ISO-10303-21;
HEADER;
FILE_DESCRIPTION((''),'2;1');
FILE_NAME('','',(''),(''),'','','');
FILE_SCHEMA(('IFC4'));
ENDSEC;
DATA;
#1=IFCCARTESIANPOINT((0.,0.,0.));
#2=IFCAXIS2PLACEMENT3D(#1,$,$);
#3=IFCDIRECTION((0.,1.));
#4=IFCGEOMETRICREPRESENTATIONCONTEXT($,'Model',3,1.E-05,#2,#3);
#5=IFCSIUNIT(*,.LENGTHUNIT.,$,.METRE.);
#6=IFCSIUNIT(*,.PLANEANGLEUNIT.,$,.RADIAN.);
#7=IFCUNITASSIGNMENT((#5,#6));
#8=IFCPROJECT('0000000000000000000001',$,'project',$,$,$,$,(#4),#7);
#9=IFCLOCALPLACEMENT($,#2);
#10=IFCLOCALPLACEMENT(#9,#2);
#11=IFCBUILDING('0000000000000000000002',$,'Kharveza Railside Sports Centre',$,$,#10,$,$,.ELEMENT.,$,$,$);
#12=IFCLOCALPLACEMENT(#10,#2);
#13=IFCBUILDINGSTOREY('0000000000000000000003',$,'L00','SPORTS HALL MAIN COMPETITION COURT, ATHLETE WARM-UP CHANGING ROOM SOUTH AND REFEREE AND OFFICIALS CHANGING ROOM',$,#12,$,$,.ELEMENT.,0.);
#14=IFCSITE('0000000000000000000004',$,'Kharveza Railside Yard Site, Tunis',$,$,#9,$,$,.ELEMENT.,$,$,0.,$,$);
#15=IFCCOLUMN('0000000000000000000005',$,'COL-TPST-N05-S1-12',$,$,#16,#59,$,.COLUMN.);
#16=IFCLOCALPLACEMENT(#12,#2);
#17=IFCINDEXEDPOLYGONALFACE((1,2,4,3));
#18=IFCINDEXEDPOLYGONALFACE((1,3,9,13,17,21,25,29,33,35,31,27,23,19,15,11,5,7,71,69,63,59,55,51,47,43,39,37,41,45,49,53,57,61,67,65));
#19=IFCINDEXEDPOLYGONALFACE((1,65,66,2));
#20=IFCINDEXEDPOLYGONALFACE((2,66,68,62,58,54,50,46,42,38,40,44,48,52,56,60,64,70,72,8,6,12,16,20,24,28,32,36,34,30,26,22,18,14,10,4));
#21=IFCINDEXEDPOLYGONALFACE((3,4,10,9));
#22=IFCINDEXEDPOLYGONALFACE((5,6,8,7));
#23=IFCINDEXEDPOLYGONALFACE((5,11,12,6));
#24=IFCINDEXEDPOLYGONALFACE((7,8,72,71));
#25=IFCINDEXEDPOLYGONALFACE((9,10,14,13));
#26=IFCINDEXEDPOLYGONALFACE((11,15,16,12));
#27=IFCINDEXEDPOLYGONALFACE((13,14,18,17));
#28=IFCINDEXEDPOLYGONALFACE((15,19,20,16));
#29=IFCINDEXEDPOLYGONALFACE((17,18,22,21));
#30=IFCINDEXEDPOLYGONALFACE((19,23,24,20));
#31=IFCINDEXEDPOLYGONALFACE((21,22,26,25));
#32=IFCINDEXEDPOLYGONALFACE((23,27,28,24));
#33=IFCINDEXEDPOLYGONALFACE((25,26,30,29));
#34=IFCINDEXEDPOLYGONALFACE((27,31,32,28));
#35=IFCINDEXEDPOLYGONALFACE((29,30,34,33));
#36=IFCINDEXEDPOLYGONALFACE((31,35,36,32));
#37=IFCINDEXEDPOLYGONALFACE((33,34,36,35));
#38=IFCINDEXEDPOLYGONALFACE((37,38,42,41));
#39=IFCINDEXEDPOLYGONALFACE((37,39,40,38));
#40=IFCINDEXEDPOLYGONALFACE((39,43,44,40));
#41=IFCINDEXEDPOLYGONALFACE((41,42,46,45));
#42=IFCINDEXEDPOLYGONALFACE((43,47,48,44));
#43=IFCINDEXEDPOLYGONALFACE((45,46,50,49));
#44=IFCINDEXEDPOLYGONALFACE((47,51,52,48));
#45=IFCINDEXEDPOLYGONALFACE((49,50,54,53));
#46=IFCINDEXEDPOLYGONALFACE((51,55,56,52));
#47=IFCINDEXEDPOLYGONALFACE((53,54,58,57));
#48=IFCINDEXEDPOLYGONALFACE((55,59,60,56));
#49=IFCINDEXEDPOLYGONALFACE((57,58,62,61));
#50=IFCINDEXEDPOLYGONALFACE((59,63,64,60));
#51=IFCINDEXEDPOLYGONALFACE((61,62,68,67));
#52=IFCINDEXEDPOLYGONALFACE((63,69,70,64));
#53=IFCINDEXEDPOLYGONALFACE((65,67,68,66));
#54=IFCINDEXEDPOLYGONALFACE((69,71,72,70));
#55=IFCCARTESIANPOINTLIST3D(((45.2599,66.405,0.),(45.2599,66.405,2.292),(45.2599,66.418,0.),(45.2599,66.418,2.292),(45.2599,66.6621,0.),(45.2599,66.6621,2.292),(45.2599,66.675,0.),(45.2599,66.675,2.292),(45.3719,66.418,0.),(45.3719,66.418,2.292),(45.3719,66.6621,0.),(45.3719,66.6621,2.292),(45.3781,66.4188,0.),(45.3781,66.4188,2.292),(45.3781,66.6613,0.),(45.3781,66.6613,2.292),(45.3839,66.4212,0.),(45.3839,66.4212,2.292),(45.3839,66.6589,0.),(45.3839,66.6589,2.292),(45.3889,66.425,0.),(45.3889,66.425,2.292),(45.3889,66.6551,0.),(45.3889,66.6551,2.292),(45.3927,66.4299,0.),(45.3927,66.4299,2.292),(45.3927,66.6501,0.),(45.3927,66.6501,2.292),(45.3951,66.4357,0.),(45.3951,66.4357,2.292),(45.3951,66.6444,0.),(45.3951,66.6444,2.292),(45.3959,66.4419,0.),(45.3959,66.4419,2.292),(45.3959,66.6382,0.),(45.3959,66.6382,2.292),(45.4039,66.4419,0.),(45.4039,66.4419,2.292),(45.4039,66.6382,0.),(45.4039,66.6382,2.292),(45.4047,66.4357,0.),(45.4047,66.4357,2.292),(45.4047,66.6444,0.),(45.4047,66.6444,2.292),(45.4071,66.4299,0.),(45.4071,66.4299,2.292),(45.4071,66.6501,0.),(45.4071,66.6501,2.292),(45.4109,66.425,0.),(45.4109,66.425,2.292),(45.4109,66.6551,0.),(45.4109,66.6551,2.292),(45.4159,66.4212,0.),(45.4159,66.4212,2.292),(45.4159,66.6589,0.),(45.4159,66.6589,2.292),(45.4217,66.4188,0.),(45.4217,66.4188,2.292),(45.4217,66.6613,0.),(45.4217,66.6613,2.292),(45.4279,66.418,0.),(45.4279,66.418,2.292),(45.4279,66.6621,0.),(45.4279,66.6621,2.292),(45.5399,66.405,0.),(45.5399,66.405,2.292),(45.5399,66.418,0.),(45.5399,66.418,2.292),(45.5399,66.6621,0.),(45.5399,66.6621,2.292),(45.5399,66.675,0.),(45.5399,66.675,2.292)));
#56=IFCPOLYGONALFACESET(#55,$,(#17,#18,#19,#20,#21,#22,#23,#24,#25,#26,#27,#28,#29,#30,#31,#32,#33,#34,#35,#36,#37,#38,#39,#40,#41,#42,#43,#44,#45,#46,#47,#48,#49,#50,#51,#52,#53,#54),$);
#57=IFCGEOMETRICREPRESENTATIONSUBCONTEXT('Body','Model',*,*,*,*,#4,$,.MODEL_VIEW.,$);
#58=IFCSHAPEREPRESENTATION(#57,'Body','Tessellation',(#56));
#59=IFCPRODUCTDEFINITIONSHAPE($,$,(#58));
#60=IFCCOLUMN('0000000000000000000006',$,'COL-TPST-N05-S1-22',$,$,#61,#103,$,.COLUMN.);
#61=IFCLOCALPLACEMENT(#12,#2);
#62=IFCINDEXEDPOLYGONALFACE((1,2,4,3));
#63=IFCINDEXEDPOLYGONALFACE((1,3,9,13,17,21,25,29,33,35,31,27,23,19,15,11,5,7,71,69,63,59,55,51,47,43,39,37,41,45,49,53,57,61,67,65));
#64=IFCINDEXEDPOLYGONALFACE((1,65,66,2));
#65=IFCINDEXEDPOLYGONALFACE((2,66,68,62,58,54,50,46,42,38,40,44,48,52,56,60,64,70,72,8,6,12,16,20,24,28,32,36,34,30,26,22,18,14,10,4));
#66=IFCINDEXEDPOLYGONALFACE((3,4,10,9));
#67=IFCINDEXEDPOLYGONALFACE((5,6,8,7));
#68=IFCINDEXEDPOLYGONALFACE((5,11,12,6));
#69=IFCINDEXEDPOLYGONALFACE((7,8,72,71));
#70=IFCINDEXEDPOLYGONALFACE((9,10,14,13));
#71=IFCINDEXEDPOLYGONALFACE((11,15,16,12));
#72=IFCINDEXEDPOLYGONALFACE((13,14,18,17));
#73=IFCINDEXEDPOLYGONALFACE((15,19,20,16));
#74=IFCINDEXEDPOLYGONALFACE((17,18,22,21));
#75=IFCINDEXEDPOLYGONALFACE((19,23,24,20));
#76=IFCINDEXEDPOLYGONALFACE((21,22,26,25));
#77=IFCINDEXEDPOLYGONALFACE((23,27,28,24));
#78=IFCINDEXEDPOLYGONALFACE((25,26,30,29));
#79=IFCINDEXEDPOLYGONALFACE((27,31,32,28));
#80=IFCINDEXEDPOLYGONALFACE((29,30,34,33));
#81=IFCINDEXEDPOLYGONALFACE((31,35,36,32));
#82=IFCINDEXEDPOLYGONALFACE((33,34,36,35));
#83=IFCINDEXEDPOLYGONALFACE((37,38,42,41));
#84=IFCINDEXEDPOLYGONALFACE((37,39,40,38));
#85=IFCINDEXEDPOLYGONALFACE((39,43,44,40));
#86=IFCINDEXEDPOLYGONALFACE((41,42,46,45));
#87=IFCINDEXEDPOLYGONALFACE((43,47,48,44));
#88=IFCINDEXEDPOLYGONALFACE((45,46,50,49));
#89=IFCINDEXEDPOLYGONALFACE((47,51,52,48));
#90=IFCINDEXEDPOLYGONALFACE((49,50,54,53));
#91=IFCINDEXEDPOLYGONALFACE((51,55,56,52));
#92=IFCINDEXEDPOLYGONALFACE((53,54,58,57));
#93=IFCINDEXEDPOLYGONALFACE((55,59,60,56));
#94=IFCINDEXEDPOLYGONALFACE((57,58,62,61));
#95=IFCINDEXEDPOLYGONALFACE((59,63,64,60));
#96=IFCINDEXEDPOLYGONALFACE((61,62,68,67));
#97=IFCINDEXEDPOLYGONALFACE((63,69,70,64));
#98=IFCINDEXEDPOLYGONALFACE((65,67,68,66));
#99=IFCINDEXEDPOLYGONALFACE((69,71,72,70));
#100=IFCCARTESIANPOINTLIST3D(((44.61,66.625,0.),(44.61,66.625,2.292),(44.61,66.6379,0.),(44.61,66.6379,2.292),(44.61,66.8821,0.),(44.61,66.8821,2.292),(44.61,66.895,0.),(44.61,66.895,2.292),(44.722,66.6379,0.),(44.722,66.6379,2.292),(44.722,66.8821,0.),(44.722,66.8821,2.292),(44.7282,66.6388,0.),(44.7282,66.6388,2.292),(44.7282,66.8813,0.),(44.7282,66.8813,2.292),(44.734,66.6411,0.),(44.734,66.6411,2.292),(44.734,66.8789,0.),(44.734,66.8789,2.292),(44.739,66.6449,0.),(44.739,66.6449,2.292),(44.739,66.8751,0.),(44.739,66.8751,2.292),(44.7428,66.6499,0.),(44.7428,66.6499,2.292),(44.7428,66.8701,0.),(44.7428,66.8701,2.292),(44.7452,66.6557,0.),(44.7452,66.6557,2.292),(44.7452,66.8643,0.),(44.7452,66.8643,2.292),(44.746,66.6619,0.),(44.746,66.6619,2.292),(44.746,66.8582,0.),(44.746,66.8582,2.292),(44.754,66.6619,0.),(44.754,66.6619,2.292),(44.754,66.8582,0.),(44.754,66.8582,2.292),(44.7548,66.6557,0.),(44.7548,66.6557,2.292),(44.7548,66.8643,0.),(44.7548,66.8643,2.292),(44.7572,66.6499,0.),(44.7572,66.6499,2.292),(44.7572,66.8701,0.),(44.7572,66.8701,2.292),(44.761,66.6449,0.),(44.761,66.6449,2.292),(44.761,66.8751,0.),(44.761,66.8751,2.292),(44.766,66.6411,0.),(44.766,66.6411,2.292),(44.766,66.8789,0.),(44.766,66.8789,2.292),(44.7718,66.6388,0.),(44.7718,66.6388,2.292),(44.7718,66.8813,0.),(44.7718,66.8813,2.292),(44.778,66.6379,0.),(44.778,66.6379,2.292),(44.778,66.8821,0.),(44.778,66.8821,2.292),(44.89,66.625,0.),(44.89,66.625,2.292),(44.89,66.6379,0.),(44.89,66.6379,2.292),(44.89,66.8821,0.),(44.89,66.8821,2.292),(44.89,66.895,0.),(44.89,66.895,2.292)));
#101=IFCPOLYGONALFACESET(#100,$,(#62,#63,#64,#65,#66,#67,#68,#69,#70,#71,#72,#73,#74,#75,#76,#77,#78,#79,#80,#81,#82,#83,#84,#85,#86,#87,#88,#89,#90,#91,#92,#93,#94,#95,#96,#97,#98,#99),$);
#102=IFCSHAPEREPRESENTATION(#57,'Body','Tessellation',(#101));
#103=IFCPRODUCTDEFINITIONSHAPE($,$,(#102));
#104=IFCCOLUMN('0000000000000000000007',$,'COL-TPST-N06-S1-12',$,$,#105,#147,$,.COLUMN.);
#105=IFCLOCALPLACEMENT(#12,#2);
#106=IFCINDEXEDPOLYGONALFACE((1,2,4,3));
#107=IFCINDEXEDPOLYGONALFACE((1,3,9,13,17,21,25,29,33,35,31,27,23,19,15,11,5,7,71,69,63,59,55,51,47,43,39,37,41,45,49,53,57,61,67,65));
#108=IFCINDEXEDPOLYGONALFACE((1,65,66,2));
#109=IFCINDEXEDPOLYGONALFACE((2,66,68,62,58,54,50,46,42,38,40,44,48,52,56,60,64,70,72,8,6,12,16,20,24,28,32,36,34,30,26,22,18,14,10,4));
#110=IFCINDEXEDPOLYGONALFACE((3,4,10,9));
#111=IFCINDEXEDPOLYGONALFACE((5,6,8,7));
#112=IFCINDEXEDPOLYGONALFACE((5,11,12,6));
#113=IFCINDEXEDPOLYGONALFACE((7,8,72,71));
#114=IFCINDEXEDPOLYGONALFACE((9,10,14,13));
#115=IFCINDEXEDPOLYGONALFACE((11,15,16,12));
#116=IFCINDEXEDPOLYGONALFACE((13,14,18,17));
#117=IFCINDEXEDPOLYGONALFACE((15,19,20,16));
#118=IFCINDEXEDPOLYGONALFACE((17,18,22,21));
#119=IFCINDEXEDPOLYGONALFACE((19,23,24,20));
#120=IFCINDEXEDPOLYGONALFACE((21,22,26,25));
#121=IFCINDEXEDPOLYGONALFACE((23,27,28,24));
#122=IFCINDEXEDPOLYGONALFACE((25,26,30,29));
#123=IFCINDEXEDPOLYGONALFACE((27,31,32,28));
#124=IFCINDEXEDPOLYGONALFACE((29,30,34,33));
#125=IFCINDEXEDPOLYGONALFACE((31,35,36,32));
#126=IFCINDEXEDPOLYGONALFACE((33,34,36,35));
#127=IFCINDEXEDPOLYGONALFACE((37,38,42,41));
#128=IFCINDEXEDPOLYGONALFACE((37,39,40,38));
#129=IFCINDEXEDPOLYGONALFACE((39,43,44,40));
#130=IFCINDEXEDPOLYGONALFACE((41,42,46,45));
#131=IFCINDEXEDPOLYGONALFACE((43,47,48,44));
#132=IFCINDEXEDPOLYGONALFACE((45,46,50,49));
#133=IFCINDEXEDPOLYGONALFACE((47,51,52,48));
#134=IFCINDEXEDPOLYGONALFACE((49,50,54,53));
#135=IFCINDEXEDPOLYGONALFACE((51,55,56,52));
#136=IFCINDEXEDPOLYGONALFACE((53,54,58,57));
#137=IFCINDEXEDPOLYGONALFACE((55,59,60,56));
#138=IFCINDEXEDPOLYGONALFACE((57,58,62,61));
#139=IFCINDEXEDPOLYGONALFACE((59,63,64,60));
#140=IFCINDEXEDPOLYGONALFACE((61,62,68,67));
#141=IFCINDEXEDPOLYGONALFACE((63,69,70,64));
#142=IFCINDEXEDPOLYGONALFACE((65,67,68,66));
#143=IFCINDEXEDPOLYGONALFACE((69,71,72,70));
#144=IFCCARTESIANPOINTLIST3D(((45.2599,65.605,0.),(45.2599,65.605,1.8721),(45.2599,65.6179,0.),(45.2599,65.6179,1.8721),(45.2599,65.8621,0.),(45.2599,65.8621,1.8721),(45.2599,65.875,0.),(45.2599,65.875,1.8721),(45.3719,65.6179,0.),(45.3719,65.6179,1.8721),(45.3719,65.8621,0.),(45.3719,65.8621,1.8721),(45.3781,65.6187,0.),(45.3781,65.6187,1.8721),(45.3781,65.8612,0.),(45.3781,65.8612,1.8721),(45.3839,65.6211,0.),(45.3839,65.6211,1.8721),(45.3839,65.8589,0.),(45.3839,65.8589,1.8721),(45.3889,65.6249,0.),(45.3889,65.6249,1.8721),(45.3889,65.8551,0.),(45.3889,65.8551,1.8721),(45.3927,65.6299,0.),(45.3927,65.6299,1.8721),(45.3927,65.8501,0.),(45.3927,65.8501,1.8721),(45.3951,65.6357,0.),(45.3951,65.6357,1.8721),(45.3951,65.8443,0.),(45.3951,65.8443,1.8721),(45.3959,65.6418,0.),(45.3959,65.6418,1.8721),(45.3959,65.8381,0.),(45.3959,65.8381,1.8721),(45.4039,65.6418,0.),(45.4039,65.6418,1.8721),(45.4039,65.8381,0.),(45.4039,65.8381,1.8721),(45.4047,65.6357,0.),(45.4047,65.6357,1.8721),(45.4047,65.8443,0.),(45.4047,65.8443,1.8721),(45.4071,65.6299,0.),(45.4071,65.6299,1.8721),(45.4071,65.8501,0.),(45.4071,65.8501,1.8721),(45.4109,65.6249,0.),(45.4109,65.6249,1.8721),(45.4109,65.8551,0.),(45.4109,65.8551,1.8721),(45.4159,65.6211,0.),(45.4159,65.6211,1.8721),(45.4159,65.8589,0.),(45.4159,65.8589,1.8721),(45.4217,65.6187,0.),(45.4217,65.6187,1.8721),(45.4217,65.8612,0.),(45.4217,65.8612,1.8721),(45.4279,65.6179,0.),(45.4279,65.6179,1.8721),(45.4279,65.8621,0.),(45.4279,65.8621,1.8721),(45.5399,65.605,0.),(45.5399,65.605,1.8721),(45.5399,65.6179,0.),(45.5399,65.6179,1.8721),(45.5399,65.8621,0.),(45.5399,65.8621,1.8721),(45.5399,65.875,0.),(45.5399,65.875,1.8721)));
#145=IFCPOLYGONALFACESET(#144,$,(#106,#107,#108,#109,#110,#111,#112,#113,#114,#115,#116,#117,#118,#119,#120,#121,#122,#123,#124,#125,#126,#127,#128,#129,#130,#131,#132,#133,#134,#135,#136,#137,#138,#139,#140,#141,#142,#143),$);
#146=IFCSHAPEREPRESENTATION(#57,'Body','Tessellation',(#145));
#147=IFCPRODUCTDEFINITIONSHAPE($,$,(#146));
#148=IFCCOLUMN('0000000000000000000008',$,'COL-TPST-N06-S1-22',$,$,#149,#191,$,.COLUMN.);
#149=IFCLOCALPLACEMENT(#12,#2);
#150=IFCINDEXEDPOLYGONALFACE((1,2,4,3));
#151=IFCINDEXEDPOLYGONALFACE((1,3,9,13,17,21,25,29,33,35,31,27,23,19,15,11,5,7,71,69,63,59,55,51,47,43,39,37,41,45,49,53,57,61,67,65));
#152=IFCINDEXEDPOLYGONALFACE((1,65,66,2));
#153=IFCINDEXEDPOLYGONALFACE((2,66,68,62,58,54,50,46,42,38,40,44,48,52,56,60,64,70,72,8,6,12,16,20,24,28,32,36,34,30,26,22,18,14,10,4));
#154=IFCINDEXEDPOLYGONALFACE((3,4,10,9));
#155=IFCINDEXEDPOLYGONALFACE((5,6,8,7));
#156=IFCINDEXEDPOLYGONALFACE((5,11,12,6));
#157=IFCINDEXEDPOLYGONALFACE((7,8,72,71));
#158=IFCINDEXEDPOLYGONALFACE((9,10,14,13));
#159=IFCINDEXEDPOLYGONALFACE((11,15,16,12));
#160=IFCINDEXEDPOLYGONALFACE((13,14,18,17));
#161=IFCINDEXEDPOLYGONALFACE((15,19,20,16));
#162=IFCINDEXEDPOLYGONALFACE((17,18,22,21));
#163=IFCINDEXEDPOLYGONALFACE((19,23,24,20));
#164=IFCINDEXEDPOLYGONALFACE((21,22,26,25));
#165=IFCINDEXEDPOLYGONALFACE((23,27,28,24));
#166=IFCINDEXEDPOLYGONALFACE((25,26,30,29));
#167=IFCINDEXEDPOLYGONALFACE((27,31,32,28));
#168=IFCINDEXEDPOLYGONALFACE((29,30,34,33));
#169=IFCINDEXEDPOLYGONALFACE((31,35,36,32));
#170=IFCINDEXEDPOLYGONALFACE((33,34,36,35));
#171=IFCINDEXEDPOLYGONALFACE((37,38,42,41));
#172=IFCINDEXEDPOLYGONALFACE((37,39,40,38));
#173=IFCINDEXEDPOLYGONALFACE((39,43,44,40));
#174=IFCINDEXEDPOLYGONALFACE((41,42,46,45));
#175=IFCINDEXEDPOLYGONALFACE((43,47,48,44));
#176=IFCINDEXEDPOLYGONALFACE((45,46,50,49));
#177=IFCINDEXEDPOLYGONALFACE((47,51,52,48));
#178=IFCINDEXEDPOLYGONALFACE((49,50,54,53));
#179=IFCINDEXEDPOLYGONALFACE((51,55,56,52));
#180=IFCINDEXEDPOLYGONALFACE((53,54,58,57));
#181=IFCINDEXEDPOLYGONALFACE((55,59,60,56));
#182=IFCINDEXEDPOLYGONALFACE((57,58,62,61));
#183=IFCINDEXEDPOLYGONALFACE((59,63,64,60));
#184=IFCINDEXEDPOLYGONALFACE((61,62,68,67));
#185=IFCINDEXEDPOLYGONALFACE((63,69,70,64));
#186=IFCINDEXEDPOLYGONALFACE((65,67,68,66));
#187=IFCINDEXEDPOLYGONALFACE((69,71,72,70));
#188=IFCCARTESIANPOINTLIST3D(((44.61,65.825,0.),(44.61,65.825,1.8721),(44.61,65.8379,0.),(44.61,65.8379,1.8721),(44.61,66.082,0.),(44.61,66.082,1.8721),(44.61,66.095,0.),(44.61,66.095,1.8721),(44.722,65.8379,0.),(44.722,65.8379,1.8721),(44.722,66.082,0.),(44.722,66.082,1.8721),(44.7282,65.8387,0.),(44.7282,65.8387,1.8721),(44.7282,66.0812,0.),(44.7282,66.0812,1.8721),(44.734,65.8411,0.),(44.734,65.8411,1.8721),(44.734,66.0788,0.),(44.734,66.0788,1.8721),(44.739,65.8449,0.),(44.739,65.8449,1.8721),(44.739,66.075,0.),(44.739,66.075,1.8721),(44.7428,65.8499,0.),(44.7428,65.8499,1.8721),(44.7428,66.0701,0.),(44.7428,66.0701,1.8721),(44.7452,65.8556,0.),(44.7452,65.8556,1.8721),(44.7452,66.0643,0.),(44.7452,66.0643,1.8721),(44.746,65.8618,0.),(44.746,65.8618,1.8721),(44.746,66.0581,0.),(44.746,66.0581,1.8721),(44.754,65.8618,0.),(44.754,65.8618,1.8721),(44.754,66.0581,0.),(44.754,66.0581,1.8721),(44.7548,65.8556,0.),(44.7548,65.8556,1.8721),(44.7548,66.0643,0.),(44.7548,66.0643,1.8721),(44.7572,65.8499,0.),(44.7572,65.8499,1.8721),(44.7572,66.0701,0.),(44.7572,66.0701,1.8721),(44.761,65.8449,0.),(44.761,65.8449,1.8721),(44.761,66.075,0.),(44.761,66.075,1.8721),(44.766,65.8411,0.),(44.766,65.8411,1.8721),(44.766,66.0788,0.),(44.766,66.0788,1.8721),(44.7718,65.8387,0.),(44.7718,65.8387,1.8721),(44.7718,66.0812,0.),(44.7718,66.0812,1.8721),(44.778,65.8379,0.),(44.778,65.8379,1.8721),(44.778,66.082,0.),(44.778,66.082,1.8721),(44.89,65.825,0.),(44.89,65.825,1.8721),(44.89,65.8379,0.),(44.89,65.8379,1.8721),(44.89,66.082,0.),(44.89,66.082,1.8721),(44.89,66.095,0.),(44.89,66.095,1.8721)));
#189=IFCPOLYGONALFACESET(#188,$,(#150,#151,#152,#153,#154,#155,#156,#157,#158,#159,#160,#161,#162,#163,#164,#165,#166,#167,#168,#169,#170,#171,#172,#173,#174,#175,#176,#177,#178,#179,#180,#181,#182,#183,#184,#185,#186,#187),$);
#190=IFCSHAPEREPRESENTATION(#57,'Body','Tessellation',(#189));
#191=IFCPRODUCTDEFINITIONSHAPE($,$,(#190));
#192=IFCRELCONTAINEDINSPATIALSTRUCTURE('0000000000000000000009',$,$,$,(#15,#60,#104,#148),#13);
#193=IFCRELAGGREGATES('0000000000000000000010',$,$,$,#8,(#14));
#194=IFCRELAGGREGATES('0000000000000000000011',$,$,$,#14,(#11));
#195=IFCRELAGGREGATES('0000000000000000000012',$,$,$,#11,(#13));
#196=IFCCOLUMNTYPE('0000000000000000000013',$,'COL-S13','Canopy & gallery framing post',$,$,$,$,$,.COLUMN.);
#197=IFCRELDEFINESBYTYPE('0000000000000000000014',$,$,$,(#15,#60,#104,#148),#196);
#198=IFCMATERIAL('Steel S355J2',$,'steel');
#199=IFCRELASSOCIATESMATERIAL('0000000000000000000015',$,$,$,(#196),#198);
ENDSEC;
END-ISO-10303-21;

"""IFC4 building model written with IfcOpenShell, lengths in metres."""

from ifc_helpers import new_model, si_unit, direction, frame, origin, origin_2d, place, context, subcontext, project, spatial, i_section, extrude, material, material_profile, profile_set, type_object, element, save


model = new_model("IFC4")

# Units and contexts
model_context = context("Model", 3, precision=1e-05, world=origin(), true_north=direction((0.0, 1.0)))
body_context = subcontext(model_context, "Body", "Model", "MODEL_VIEW")
ifc_project = project(units=[si_unit("LENGTHUNIT", "METRE"), si_unit("PLANEANGLEUNIT", "RADIAN")], contexts=[model_context])

# Site, building, storey
site_placement = place(None, origin())
site = spatial("IfcSite", under=ifc_project, at=site_placement, Name="Kharveza Railside Yard Site, Tunis", CompositionType="ELEMENT", RefElevation=0.0)
building_placement = place(site_placement, origin())
building = spatial("IfcBuilding", under=site, at=building_placement, Name="Kharveza Railside Sports Centre", CompositionType="ELEMENT")
storey_placement = place(building_placement, origin())
storey = spatial("IfcBuildingStorey", under=building, at=storey_placement, Name="L00", Description="SPORTS HALL MAIN COMPETITION COURT, ATHLETE WARM-UP CHANGING ROOM SOUTH AND REFEREE AND OFFICIALS CHANGING ROOM", CompositionType="ELEMENT", Elevation=0.0)

# Columns
ifc_material_1 = material(Name="Steel S355J2", Category="steel")
ifc_material_profile_1 = material_profile(ifc_material_1, i_section(OverallWidth=0.28, OverallDepth=0.27, WebThickness=0.0081, FlangeThickness=0.0129, FilletRadius=0.0239, at=origin_2d()), Name="HEA 280")
ifc_profile_set_1 = profile_set([ifc_material_profile_1], Name="Steel S355J2")
column_type_1 = type_object("IfcColumnType", Name="COL-S13", Description="Canopy & gallery framing post", PredefinedType="COLUMN", material=ifc_profile_set_1)
for number, where, z_axis, x_axis, name in (
    (1, (45.3999, 66.54, 0.0), (0.0, 0.0, 1.0), (1.0, 0.0, 0.0), "COL-TPST-N05-S1-12"),
    (2, (44.75, 66.76, 0.0), (0.0, 0.0, 1.0), (1.0, 0.0, 0.0), "COL-TPST-N05-S1-22"),
):
    element("IfcColumn", number, at=place(storey_placement, frame(where, z_axis=z_axis, x_axis=x_axis)), inside=storey, type_object=column_type_1, Name=name, PredefinedType="COLUMN", context=body_context, shape_type="SweptSolid", body=[
        extrude(i_section(OverallWidth=0.28, OverallDepth=0.27, WebThickness=0.0081, FlangeThickness=0.0129, FilletRadius=0.0239, at=origin_2d()), origin(), (0.0, 0.0, 1.0), 2.292),
    ])
for number, where, z_axis, x_axis, name in (
    (3, (45.3999, 65.74, 0.0), (0.0, 0.0, 1.0), (1.0, 0.0, 0.0), "COL-TPST-N06-S1-12"),
    (4, (44.75, 65.96, 0.0), (0.0, 0.0, 1.0), (1.0, 0.0, 0.0), "COL-TPST-N06-S1-22"),
):
    element("IfcColumn", number, at=place(storey_placement, frame(where, z_axis=z_axis, x_axis=x_axis)), inside=storey, type_object=column_type_1, Name=name, PredefinedType="COLUMN", context=body_context, shape_type="SweptSolid", body=[
        extrude(i_section(OverallWidth=0.28, OverallDepth=0.27, WebThickness=0.0081, FlangeThickness=0.0129, FilletRadius=0.0239, at=origin_2d()), origin(), (0.0, 0.0, 1.0), 1.8721),
    ])

save(model, "model.ifc")
